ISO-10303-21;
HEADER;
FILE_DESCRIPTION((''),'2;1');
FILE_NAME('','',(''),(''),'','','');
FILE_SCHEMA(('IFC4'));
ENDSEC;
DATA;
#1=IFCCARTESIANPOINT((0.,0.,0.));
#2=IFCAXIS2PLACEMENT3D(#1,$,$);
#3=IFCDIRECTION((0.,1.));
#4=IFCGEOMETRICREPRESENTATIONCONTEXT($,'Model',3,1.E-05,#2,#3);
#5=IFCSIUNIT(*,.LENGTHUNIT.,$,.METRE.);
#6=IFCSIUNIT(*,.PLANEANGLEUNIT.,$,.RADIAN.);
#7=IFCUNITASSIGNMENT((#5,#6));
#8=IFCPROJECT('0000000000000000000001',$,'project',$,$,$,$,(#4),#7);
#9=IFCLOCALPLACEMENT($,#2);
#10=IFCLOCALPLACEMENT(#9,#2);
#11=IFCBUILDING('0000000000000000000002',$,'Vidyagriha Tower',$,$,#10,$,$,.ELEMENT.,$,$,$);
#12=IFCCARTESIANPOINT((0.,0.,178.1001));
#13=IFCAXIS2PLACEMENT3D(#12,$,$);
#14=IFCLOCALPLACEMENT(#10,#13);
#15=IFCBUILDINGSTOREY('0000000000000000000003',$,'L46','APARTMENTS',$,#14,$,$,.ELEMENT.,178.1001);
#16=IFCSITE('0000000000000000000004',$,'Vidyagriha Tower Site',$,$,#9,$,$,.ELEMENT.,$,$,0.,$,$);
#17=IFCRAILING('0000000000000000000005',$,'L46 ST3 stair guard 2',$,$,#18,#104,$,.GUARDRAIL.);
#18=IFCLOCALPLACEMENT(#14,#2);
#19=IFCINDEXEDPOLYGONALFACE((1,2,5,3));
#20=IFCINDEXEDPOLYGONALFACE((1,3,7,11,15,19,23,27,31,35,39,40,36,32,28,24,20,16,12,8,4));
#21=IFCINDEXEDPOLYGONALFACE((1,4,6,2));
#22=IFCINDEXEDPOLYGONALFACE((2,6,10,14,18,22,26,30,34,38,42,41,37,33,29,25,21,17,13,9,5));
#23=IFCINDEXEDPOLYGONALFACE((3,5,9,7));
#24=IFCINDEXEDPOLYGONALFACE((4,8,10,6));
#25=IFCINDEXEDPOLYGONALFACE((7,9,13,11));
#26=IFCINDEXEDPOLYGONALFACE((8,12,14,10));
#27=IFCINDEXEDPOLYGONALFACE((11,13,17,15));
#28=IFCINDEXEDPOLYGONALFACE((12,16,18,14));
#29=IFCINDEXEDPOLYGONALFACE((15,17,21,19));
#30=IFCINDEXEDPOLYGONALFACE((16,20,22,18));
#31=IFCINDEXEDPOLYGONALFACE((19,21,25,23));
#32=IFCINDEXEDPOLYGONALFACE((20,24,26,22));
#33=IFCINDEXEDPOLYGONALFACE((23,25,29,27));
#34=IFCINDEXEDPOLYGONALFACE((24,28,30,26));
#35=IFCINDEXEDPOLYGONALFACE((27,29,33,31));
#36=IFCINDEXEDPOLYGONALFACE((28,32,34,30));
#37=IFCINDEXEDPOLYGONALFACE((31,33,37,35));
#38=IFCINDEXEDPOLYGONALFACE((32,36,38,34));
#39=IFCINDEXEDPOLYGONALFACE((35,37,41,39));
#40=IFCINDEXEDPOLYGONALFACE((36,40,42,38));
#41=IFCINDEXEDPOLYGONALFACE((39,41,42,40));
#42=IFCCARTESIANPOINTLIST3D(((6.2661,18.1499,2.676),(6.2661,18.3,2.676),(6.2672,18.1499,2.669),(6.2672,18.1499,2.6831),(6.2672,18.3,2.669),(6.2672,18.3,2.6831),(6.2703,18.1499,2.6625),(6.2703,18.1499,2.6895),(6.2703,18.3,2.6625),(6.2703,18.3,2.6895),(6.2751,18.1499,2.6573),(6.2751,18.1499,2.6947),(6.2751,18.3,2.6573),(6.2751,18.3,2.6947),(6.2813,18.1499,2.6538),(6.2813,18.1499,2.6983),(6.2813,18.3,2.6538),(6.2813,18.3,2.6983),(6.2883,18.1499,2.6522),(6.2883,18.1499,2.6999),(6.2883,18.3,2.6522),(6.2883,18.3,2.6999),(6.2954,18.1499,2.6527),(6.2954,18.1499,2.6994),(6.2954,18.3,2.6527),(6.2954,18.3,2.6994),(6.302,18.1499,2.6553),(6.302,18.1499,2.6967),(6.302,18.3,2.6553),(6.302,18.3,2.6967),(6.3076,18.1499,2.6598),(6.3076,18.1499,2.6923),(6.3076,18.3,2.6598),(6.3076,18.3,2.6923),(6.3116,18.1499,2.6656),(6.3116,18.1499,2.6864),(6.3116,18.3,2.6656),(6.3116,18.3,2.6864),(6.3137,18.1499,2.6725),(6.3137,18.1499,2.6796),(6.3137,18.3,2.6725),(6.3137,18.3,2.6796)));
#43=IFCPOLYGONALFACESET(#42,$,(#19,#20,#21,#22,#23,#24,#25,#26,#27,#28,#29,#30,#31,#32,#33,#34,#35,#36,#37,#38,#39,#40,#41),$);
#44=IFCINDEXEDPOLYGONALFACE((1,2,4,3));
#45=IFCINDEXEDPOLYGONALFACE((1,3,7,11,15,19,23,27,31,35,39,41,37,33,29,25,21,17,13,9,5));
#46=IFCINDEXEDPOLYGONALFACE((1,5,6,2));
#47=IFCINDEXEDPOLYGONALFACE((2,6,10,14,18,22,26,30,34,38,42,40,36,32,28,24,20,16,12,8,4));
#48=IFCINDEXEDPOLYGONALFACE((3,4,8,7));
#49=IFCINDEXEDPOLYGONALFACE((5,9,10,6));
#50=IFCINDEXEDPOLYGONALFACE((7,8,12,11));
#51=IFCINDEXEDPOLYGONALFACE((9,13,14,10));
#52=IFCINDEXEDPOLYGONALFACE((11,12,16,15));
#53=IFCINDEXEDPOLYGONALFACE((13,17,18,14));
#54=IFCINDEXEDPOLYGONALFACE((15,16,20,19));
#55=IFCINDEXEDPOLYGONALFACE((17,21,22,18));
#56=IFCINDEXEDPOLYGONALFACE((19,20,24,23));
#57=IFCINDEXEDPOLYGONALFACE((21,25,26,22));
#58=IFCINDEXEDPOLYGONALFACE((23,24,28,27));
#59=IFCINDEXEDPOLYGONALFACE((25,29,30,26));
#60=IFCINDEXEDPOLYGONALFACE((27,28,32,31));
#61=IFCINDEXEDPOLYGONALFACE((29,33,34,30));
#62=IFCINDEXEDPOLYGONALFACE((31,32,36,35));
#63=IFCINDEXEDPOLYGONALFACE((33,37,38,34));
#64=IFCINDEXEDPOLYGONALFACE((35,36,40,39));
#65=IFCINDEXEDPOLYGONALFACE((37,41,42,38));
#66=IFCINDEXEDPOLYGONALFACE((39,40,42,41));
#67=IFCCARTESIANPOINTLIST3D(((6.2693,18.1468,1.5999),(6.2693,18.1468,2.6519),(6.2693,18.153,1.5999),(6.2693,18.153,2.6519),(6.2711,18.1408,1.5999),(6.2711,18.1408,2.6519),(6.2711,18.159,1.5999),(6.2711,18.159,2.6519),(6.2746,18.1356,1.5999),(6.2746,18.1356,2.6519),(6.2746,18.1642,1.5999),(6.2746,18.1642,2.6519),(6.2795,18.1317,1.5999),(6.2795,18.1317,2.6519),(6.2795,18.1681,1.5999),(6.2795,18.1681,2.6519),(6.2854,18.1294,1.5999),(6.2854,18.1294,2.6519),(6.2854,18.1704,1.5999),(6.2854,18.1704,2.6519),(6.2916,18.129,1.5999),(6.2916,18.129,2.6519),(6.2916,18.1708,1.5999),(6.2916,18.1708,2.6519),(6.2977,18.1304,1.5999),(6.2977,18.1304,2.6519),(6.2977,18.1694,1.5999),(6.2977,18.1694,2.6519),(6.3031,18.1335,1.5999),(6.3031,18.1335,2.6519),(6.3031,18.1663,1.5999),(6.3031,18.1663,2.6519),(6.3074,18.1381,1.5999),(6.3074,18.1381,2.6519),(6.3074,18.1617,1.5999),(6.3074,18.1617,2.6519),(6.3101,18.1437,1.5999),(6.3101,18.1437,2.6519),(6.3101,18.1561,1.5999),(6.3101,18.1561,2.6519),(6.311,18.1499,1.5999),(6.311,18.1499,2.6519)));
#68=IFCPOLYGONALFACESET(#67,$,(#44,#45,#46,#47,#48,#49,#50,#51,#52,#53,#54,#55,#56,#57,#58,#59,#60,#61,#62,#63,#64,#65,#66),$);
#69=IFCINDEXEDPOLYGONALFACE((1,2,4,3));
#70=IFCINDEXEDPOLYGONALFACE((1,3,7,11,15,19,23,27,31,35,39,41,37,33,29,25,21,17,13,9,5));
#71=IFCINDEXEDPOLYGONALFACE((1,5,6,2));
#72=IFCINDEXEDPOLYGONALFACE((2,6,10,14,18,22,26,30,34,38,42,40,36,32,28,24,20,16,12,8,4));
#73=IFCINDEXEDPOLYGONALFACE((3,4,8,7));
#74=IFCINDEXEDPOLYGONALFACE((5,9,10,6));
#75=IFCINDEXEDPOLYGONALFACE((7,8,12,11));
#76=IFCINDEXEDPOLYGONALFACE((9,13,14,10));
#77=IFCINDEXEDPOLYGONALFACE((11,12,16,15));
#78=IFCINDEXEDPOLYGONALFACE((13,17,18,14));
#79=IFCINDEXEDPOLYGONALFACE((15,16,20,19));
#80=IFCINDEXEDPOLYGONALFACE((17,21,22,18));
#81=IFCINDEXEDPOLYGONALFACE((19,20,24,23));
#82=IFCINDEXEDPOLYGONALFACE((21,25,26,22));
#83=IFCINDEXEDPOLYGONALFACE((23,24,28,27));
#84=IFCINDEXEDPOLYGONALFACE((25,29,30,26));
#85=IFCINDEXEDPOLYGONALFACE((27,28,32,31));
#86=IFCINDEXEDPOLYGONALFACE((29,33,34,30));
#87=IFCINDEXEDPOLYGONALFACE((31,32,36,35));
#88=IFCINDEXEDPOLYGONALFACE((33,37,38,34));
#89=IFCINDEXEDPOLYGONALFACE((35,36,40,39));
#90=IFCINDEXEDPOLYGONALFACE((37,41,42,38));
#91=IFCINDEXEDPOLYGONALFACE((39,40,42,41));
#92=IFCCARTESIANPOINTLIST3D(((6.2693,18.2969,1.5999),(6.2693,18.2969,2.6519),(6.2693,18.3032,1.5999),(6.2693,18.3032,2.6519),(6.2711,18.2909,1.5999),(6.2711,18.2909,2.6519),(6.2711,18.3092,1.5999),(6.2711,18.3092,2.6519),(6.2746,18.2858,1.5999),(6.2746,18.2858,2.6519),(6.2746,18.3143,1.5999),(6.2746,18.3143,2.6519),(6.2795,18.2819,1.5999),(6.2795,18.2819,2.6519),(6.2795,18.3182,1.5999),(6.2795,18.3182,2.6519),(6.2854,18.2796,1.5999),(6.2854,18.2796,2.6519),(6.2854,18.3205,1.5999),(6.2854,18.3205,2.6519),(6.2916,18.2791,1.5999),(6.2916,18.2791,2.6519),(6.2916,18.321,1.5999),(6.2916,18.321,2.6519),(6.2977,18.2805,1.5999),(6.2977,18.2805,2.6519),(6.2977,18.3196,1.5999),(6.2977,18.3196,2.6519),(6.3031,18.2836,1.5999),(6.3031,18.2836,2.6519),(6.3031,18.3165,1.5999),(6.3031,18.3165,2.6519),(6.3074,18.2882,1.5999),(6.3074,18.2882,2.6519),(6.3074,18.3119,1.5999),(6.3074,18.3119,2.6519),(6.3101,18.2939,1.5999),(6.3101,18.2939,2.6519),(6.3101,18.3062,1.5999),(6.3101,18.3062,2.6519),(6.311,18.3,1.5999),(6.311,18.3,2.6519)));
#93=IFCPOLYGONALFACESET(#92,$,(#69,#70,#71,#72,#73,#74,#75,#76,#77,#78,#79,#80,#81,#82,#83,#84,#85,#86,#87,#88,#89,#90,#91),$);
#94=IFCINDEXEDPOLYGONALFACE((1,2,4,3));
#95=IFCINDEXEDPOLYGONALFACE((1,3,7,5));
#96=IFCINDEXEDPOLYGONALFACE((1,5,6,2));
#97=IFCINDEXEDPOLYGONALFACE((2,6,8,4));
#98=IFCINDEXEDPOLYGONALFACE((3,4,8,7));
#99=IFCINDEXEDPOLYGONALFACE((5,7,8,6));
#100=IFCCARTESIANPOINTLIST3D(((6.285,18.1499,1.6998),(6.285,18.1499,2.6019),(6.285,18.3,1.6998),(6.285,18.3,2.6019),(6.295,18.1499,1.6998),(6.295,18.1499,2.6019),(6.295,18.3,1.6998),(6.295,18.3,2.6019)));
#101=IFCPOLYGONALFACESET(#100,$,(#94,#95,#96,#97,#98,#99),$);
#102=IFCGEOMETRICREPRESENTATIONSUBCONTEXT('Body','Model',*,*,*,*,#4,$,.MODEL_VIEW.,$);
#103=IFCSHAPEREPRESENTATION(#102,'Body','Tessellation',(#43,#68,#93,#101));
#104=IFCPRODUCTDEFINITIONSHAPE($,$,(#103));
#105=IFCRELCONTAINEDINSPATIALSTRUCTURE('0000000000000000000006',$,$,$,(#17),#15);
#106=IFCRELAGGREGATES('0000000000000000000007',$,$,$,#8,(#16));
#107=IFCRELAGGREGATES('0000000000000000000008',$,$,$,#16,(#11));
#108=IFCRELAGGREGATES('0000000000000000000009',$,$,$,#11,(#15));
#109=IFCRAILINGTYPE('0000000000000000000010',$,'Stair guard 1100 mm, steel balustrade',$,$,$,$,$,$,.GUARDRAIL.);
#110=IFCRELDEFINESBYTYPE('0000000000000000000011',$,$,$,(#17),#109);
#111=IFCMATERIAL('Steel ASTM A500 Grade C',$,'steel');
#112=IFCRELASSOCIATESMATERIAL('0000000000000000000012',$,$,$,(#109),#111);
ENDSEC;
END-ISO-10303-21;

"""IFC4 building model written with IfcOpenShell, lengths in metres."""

from ifc_helpers import new_model, si_unit, direction, frame, origin, origin_2d, place, context, subcontext, project, spatial, rectangle, circle, extrude, material, type_object, element, save


model = new_model("IFC4")

# Units and contexts
model_context = context("Model", 3, precision=1e-05, world=origin(), true_north=direction((0.0, 1.0)))
body_context = subcontext(model_context, "Body", "Model", "MODEL_VIEW")
ifc_project = project(units=[si_unit("LENGTHUNIT", "METRE"), si_unit("PLANEANGLEUNIT", "RADIAN")], contexts=[model_context])

# Site, building, storey
site_placement = place(None, origin())
site = spatial("IfcSite", under=ifc_project, at=site_placement, Name="Vidyagriha Tower Site", CompositionType="ELEMENT", RefElevation=0.0)
building_placement = place(site_placement, origin())
building = spatial("IfcBuilding", under=site, at=building_placement, Name="Vidyagriha Tower", CompositionType="ELEMENT")
storey_placement = place(building_placement, frame((0.0, 0.0, 178.1001)))
storey = spatial("IfcBuildingStorey", under=building, at=storey_placement, Name="L46", Description="APARTMENTS", CompositionType="ELEMENT", Elevation=178.1001)

# Railing
ifc_material_1 = material(Name="Steel ASTM A500 Grade C", Category="steel")
railing_type_1 = type_object("IfcRailingType", Name="Stair guard 1100 mm, steel balustrade", PredefinedType="GUARDRAIL", material=ifc_material_1)
railing_1_placement = place(storey_placement, frame((6.29, 18.1499, 1.5999)))
element("IfcRailing", 1, at=railing_1_placement, inside=storey, type_object=railing_type_1, Name="L46 ST3 stair guard 2", PredefinedType="GUARDRAIL", context=body_context, shape_type="SweptSolid", body=[
    extrude(circle(Radius=0.0239, at=origin_2d()), frame((0.0, 0.0, 1.0762), z_axis=(0.0, 1.0, 0.0), x_axis=(-1.0, 0.0, 0.0)), (0.0, 0.0, 1.0), 0.1501),
    extrude(circle(Radius=0.021, at=origin_2d()), origin(), (0.0, 0.0, 1.0), 1.052),
    extrude(circle(Radius=0.021, at=origin_2d()), frame((0.0, 0.1501, 0.0)), (0.0, 0.0, 1.0), 1.052),
    extrude(rectangle(XDim=0.01, YDim=0.9021, at=origin_2d()), frame((0.0, 0.0, 0.551), z_axis=(0.0, 1.0, 0.0), x_axis=(-1.0, 0.0, 0.0)), (0.0, 0.0, 1.0), 0.1501),
])

save(model, "model.ifc")
